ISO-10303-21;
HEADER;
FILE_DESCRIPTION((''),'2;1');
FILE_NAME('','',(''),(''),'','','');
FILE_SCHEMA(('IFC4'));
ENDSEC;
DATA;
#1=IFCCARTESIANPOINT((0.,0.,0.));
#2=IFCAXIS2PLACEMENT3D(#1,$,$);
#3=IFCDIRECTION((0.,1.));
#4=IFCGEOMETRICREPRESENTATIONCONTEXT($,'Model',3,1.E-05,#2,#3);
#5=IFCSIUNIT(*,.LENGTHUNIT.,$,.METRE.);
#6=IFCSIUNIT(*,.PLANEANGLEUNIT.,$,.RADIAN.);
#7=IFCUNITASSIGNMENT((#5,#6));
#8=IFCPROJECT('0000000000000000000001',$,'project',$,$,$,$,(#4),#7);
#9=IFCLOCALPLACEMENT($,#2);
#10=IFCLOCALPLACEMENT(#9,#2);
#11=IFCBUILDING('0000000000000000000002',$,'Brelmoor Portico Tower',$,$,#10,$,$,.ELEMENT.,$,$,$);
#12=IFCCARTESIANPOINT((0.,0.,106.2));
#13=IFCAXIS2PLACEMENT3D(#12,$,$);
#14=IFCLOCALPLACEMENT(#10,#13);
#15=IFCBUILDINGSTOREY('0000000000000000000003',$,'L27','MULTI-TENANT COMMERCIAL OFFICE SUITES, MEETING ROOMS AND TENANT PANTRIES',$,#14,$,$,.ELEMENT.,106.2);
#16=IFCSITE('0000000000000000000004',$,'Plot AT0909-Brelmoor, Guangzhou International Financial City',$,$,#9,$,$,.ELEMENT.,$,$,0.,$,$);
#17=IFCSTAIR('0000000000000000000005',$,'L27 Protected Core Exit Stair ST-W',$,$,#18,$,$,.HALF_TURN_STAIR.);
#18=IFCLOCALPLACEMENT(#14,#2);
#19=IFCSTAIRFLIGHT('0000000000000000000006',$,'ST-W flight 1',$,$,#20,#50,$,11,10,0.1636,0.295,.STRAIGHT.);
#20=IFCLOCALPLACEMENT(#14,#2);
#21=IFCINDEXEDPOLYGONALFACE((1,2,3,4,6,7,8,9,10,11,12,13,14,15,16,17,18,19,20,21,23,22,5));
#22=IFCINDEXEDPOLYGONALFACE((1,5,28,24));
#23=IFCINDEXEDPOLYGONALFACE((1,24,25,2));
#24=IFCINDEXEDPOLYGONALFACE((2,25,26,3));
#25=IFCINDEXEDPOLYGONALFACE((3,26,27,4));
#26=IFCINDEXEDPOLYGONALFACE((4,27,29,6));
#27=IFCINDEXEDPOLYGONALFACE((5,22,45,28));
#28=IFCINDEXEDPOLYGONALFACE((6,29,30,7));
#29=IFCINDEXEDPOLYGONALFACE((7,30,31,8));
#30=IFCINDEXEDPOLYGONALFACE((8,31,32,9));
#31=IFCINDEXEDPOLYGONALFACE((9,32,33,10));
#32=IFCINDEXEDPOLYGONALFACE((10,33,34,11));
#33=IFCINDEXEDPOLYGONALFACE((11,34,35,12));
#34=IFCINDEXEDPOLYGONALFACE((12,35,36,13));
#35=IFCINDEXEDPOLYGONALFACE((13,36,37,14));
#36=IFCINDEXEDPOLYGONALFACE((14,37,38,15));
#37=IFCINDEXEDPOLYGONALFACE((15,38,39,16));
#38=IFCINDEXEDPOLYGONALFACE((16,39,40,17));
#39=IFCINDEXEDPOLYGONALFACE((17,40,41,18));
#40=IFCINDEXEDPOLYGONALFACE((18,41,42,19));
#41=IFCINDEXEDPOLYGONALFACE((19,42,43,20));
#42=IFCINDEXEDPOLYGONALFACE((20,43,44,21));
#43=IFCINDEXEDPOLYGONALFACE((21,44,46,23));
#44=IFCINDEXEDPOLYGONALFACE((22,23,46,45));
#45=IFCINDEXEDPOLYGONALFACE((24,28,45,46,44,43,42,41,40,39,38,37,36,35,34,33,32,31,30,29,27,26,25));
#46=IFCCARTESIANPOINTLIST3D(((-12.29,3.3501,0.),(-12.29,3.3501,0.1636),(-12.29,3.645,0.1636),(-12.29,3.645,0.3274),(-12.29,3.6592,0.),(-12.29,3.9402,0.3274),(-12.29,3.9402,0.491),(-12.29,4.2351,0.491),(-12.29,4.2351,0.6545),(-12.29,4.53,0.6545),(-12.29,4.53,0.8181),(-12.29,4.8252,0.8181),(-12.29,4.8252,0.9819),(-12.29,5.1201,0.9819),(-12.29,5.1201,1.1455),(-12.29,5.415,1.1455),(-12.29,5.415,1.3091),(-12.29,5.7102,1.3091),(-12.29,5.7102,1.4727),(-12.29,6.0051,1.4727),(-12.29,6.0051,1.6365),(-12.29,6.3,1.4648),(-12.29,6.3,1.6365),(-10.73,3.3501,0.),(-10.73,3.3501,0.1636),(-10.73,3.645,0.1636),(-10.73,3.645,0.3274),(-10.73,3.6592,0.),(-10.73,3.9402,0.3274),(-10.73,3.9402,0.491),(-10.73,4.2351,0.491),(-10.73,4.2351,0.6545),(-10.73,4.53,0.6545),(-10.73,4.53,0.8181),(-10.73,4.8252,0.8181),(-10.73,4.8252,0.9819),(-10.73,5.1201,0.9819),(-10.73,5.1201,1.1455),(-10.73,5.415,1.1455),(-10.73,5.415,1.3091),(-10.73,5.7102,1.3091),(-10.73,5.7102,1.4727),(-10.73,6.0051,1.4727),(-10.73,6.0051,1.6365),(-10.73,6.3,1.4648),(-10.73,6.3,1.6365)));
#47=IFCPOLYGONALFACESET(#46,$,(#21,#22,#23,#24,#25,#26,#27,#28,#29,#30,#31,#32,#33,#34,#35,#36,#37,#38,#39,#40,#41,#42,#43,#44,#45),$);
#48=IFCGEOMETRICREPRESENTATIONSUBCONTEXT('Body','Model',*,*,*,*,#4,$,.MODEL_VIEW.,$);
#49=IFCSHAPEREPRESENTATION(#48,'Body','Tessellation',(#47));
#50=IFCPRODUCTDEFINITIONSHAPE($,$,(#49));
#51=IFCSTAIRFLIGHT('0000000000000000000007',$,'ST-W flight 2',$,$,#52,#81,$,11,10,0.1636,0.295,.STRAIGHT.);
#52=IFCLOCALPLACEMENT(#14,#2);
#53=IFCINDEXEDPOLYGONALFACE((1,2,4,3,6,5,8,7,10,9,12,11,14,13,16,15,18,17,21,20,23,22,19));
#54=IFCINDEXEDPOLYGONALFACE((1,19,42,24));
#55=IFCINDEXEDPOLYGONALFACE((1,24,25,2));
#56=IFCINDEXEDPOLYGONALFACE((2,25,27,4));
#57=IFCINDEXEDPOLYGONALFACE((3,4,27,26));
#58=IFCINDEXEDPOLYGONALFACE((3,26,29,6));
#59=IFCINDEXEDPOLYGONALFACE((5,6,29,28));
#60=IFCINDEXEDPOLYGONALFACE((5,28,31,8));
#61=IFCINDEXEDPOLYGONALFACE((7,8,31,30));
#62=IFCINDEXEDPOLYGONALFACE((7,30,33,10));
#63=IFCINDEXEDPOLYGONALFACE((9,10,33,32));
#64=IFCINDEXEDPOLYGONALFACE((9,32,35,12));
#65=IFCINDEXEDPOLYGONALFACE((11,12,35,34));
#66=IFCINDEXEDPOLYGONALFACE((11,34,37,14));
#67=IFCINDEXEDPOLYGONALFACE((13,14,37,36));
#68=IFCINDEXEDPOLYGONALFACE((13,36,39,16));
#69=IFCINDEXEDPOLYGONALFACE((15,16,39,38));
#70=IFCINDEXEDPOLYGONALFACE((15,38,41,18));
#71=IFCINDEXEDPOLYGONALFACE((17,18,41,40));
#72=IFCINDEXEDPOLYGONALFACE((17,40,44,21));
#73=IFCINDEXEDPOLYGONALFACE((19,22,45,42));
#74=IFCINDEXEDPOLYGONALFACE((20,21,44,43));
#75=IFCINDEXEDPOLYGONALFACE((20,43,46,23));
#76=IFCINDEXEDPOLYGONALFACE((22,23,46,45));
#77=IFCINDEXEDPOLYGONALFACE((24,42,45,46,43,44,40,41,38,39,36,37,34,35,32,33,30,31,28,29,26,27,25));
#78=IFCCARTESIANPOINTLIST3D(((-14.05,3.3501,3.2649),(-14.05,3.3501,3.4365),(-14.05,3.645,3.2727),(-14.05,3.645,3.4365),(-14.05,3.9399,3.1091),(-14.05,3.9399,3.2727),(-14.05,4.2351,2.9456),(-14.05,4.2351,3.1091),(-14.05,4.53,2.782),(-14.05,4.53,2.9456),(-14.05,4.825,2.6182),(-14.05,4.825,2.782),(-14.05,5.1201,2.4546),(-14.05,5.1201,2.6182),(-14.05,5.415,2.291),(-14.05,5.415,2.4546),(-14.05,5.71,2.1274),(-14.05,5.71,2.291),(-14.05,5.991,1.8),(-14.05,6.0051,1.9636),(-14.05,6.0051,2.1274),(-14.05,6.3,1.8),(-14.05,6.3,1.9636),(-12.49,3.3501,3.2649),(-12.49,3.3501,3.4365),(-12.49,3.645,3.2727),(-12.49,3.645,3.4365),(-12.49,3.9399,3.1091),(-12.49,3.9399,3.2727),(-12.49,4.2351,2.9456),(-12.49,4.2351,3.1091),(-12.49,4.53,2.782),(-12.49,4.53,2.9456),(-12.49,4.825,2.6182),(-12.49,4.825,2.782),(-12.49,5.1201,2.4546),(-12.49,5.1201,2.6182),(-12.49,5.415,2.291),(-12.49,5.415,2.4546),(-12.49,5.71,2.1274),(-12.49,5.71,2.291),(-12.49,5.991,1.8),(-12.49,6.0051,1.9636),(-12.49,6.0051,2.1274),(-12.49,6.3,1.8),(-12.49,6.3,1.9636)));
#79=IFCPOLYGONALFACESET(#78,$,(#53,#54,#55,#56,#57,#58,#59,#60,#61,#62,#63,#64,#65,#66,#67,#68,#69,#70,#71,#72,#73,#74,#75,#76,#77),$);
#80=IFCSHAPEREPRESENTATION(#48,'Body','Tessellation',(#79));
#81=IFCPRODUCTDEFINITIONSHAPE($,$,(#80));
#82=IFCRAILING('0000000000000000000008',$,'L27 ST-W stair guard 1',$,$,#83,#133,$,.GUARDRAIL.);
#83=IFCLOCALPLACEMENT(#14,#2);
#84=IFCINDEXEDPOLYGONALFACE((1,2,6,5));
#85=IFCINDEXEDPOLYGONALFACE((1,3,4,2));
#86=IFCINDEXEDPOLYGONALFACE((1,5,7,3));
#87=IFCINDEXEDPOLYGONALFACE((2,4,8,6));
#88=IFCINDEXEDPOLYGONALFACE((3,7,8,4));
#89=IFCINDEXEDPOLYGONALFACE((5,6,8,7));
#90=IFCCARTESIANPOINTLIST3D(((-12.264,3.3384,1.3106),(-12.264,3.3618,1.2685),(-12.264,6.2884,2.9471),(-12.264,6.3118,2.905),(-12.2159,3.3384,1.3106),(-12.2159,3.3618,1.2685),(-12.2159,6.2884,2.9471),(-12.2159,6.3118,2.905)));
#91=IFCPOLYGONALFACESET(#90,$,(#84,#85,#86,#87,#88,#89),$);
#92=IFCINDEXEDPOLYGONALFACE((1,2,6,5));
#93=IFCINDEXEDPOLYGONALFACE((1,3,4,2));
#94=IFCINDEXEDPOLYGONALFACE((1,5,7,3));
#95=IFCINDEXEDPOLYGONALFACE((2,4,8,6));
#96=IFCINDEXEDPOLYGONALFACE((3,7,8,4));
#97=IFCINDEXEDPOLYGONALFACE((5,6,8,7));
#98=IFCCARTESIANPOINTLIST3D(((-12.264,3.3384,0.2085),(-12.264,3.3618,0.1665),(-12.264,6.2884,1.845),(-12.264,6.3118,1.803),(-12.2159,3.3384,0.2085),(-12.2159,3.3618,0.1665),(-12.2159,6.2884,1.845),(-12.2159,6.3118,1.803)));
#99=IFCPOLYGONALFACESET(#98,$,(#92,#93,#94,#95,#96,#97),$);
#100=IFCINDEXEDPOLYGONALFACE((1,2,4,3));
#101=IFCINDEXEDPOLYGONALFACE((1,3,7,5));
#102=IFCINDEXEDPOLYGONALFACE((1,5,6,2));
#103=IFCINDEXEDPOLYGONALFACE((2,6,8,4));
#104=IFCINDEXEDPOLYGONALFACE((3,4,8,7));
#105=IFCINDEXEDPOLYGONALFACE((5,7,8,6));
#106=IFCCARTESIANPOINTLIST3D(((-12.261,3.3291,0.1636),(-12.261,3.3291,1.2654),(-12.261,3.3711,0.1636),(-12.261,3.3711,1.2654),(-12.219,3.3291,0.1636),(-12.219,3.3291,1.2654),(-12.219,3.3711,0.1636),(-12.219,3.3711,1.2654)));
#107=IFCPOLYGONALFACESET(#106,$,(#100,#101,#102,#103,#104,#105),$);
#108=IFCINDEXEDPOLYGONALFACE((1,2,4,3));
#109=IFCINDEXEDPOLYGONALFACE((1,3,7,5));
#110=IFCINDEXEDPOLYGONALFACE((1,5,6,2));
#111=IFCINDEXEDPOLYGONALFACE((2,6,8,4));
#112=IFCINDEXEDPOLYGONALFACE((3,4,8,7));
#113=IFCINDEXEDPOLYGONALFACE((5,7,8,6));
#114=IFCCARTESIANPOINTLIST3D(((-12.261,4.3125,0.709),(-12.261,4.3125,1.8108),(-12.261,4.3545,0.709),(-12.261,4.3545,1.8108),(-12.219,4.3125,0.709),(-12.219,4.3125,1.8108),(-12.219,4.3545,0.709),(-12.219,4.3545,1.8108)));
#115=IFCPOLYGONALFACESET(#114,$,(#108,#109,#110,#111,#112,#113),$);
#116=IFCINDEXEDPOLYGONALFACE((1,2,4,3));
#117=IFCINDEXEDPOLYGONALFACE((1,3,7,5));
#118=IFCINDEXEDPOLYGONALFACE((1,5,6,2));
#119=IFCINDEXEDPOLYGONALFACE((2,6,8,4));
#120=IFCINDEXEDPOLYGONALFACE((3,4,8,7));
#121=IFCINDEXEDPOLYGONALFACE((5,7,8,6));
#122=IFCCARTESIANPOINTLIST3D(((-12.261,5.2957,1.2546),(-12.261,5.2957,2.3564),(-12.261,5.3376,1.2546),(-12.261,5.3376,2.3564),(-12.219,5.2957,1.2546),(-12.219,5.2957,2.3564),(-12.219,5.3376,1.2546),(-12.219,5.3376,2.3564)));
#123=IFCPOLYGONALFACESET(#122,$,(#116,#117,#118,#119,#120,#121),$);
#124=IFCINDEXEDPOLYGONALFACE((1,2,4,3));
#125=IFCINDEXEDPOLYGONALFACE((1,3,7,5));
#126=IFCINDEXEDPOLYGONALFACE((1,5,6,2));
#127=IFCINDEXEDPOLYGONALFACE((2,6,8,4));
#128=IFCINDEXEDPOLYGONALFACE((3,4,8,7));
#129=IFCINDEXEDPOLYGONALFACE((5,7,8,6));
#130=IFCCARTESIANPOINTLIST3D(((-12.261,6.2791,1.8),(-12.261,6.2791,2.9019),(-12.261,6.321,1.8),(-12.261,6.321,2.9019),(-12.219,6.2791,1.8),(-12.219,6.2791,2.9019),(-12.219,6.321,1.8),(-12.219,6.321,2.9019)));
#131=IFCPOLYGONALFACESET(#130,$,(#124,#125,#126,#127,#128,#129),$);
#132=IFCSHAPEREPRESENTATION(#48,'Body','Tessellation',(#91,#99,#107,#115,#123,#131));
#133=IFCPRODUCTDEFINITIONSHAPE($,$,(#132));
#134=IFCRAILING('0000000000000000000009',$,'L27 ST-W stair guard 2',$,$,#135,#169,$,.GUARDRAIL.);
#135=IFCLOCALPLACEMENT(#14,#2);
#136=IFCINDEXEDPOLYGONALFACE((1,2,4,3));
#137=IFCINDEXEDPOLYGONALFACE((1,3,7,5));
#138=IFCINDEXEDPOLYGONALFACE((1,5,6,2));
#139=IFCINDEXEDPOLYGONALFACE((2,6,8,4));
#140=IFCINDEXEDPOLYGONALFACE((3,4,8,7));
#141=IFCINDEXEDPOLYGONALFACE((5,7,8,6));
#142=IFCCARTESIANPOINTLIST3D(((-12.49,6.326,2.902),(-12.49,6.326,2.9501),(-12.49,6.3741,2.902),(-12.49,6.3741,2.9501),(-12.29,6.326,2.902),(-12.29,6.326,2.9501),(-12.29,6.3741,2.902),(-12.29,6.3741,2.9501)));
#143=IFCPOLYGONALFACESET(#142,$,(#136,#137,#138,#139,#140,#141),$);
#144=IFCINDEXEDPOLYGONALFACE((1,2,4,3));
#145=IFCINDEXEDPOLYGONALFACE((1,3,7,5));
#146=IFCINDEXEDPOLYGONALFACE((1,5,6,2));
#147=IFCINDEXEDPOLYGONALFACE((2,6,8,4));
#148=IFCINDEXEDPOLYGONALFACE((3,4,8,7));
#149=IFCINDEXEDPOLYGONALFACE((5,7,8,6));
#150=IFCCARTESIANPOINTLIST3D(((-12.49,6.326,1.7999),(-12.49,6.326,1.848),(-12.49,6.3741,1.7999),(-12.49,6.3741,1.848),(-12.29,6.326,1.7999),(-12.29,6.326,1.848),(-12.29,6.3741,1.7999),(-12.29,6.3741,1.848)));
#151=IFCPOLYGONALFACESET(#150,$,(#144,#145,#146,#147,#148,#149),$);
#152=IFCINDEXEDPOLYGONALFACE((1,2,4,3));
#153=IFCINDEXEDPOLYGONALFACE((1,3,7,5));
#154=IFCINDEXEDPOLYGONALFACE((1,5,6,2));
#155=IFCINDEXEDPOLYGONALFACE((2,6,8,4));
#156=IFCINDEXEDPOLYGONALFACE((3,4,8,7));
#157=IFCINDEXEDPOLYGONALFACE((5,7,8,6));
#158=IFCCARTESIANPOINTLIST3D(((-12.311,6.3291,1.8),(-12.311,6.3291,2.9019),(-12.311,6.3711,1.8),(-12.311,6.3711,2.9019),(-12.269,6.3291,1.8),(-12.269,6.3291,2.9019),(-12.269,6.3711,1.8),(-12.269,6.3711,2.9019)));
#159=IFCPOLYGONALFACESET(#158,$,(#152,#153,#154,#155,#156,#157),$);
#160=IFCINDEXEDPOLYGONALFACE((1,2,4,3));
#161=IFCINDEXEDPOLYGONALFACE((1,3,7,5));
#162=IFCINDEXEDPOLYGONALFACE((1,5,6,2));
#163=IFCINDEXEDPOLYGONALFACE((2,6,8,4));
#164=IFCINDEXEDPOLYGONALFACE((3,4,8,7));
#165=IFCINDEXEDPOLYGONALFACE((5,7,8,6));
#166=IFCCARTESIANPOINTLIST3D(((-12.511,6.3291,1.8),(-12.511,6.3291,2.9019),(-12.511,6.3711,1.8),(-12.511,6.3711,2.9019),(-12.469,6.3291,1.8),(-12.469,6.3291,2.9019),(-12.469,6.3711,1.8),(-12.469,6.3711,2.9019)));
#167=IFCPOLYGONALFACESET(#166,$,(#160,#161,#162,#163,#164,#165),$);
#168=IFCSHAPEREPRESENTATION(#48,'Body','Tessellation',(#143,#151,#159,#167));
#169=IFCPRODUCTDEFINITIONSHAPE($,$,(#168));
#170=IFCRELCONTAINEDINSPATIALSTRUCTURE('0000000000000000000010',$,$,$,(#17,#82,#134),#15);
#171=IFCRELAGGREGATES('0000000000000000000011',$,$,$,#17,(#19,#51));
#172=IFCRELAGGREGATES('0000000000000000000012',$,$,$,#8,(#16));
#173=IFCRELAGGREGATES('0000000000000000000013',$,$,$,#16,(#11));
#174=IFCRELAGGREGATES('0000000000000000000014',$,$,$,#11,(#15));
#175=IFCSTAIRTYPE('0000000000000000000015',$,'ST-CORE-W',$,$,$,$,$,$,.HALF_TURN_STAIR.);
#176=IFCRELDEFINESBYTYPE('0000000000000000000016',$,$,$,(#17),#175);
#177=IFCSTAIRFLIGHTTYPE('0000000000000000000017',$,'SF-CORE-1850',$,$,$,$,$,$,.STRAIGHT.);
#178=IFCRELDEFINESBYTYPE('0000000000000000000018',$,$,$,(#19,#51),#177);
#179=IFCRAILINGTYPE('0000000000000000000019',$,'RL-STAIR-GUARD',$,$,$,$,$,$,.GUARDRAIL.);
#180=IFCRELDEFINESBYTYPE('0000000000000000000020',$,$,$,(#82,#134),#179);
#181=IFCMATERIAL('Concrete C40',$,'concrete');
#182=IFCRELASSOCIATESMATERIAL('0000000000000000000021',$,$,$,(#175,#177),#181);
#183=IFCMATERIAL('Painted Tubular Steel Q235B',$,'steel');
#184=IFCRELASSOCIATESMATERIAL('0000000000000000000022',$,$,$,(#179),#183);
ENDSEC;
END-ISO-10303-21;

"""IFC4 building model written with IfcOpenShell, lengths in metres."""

from ifc_helpers import new_model, si_unit, direction, frame, origin, origin_2d, place, context, subcontext, project, spatial, polyline, rectangle, outline, extrude, material, type_object, element, aggregate, save


model = new_model("IFC4")

# Units and contexts
model_context = context("Model", 3, precision=1e-05, world=origin(), true_north=direction((0.0, 1.0)))
body_context = subcontext(model_context, "Body", "Model", "MODEL_VIEW")
ifc_project = project(units=[si_unit("LENGTHUNIT", "METRE"), si_unit("PLANEANGLEUNIT", "RADIAN")], contexts=[model_context])

# Site, building, storey
site_placement = place(None, origin())
site = spatial("IfcSite", under=ifc_project, at=site_placement, Name="Plot AT0909-Brelmoor, Guangzhou International Financial City", CompositionType="ELEMENT", RefElevation=0.0)
building_placement = place(site_placement, origin())
building = spatial("IfcBuilding", under=site, at=building_placement, Name="Brelmoor Portico Tower", CompositionType="ELEMENT")
storey_placement = place(building_placement, frame((0.0, 0.0, 106.2)))
storey = spatial("IfcBuildingStorey", under=building, at=storey_placement, Name="L27", Description="MULTI-TENANT COMMERCIAL OFFICE SUITES, MEETING ROOMS AND TENANT PANTRIES", CompositionType="ELEMENT", Elevation=106.2)

# Shared definitions
ifc_material_1 = material(Name="Concrete C40", Category="concrete")

# Stair, stair flights
stair_type = type_object("IfcStairType", Name="ST-CORE-W", PredefinedType="HALF_TURN_STAIR", material=ifc_material_1)
stair_placement = place(storey_placement, origin())
stair = element("IfcStair", 1, at=stair_placement, inside=storey, type_object=stair_type, Name="L27 Protected Core Exit Stair ST-W", PredefinedType="HALF_TURN_STAIR")
stair_flight_type = type_object("IfcStairFlightType", Name="SF-CORE-1850", PredefinedType="STRAIGHT", material=ifc_material_1)
stair_flight_1_placement = place(storey_placement, frame((-11.51, 3.3501, 0.0), z_axis=(0.0, 0.0, 1.0), x_axis=(0.0, 1.0, 0.0)))
stair_flight_1 = element("IfcStairFlight", 2, at=stair_flight_1_placement, type_object=stair_flight_type, Name="ST-W flight 1", NumberOfRisers=11, NumberOfTreads=10, PredefinedType="STRAIGHT", RiserHeight=0.1636, TreadLength=0.295, context=body_context, shape_type="SweptSolid", body=[
    extrude(outline(polyline([(0.0, 0.0), (0.0, 0.1636), (0.2949, 0.1636), (0.2949, 0.3274), (0.5901, 0.3274), (0.5901, 0.491), (0.885, 0.491), (0.885, 0.6545), (1.1799, 0.6545), (1.1799, 0.8181), (1.4751, 0.8181), (1.4751, 0.9819), (1.77, 0.9819), (1.77, 1.1455), (2.0649, 1.1455), (2.0649, 1.3091), (2.3601, 1.3091), (2.3601, 1.4727), (2.655, 1.4727), (2.655, 1.6365), (2.95, 1.6365), (2.95, 1.8), (2.95, 1.4648), (0.3091, 0.0), (0.0, 0.0)])), frame((0.0, 0.78, 0.0), z_axis=(0.0, -1.0, 0.0), x_axis=(1.0, 0.0, 0.0)), (0.0, 0.0, 1.0), 1.5601),
])
stair_flight_2_placement = place(storey_placement, frame((-13.27, 6.3, 1.8), z_axis=(0.0, 0.0, 1.0), x_axis=(0.0, -1.0, 0.0)))
stair_flight_2 = element("IfcStairFlight", 3, at=stair_flight_2_placement, type_object=stair_flight_type, Name="ST-W flight 2", NumberOfRisers=11, NumberOfTreads=10, PredefinedType="STRAIGHT", RiserHeight=0.1636, TreadLength=0.295, context=body_context, shape_type="SweptSolid", body=[
    extrude(outline(polyline([(0.0, 0.0), (0.0, 0.1636), (0.2949, 0.1636), (0.2949, 0.3274), (0.5901, 0.3274), (0.5901, 0.491), (0.885, 0.491), (0.885, 0.6545), (1.1799, 0.6545), (1.1799, 0.8181), (1.4751, 0.8181), (1.4751, 0.9819), (1.77, 0.9819), (1.77, 1.1455), (2.0649, 1.1455), (2.0649, 1.3091), (2.3601, 1.3091), (2.3601, 1.4727), (2.655, 1.4727), (2.655, 1.6365), (2.95, 1.6365), (2.95, 1.8), (2.95, 1.4648), (0.3091, 0.0), (0.0, 0.0)])), frame((0.0, 0.78, 0.0), z_axis=(0.0, -1.0, 0.0), x_axis=(1.0, 0.0, 0.0)), (0.0, 0.0, 1.0), 1.5601),
])
aggregate(stair, [stair_flight_1, stair_flight_2])

# Railings
ifc_material_2 = material(Name="Painted Tubular Steel Q235B", Category="steel")
railing_type_1 = type_object("IfcRailingType", Name="RL-STAIR-GUARD", PredefinedType="GUARDRAIL", material=ifc_material_2)
railing_1_placement = place(storey_placement, frame((-12.24, 3.3501, 0.1636)))
element("IfcRailing", 4, at=railing_1_placement, inside=storey, type_object=railing_type_1, Name="L27 ST-W stair guard 1", PredefinedType="GUARDRAIL", context=body_context, shape_type="SweptSolid", body=[
    extrude(rectangle(XDim=0.0481, YDim=0.0481, at=origin_2d()), frame((0.0, 0.0, 1.126), z_axis=(0.0, 0.874458, 0.485102), x_axis=(-1.0, 0.0, 0.0)), (0.0, 0.0, 1.0), 3.3735),
    extrude(rectangle(XDim=0.0481, YDim=0.0481, at=origin_2d()), frame((0.0, 0.0, 0.0239), z_axis=(0.0, 0.874458, 0.485102), x_axis=(-1.0, 0.0, 0.0)), (0.0, 0.0, 1.0), 3.3735),
    extrude(rectangle(XDim=0.042, YDim=0.042, at=origin_2d()), origin(), (0.0, 0.0, 1.0), 1.1018),
    extrude(rectangle(XDim=0.042, YDim=0.042, at=origin_2d()), frame((0.0, 0.9834, 0.5454)), (0.0, 0.0, 1.0), 1.1018),
    extrude(rectangle(XDim=0.042, YDim=0.042, at=origin_2d()), frame((0.0, 1.9666, 1.0911)), (0.0, 0.0, 1.0), 1.1018),
    extrude(rectangle(XDim=0.042, YDim=0.042, at=origin_2d()), frame((0.0, 2.95, 1.6365)), (0.0, 0.0, 1.0), 1.1018),
])
railing_2_placement = place(storey_placement, frame((-12.29, 6.3501, 1.8)))
element("IfcRailing", 5, at=railing_2_placement, inside=storey, type_object=railing_type_1, Name="L27 ST-W stair guard 2", PredefinedType="GUARDRAIL", context=body_context, shape_type="SweptSolid", body=[
    extrude(rectangle(XDim=0.0481, YDim=0.0481, at=origin_2d()), frame((0.0, 0.0, 1.126), z_axis=(-1.0, 0.0, 0.0), x_axis=(0.0, -1.0, 0.0)), (0.0, 0.0, 1.0), 0.2),
    extrude(rectangle(XDim=0.0481, YDim=0.0481, at=origin_2d()), frame((0.0, 0.0, 0.0239), z_axis=(-1.0, 0.0, 0.0), x_axis=(0.0, -1.0, 0.0)), (0.0, 0.0, 1.0), 0.2),
    extrude(rectangle(XDim=0.042, YDim=0.042, at=origin_2d()), origin(), (0.0, 0.0, 1.0), 1.1018),
    extrude(rectangle(XDim=0.042, YDim=0.042, at=origin_2d()), frame((-0.2, 0.0, 0.0)), (0.0, 0.0, 1.0), 1.1018),
])

save(model, "model.ifc")
